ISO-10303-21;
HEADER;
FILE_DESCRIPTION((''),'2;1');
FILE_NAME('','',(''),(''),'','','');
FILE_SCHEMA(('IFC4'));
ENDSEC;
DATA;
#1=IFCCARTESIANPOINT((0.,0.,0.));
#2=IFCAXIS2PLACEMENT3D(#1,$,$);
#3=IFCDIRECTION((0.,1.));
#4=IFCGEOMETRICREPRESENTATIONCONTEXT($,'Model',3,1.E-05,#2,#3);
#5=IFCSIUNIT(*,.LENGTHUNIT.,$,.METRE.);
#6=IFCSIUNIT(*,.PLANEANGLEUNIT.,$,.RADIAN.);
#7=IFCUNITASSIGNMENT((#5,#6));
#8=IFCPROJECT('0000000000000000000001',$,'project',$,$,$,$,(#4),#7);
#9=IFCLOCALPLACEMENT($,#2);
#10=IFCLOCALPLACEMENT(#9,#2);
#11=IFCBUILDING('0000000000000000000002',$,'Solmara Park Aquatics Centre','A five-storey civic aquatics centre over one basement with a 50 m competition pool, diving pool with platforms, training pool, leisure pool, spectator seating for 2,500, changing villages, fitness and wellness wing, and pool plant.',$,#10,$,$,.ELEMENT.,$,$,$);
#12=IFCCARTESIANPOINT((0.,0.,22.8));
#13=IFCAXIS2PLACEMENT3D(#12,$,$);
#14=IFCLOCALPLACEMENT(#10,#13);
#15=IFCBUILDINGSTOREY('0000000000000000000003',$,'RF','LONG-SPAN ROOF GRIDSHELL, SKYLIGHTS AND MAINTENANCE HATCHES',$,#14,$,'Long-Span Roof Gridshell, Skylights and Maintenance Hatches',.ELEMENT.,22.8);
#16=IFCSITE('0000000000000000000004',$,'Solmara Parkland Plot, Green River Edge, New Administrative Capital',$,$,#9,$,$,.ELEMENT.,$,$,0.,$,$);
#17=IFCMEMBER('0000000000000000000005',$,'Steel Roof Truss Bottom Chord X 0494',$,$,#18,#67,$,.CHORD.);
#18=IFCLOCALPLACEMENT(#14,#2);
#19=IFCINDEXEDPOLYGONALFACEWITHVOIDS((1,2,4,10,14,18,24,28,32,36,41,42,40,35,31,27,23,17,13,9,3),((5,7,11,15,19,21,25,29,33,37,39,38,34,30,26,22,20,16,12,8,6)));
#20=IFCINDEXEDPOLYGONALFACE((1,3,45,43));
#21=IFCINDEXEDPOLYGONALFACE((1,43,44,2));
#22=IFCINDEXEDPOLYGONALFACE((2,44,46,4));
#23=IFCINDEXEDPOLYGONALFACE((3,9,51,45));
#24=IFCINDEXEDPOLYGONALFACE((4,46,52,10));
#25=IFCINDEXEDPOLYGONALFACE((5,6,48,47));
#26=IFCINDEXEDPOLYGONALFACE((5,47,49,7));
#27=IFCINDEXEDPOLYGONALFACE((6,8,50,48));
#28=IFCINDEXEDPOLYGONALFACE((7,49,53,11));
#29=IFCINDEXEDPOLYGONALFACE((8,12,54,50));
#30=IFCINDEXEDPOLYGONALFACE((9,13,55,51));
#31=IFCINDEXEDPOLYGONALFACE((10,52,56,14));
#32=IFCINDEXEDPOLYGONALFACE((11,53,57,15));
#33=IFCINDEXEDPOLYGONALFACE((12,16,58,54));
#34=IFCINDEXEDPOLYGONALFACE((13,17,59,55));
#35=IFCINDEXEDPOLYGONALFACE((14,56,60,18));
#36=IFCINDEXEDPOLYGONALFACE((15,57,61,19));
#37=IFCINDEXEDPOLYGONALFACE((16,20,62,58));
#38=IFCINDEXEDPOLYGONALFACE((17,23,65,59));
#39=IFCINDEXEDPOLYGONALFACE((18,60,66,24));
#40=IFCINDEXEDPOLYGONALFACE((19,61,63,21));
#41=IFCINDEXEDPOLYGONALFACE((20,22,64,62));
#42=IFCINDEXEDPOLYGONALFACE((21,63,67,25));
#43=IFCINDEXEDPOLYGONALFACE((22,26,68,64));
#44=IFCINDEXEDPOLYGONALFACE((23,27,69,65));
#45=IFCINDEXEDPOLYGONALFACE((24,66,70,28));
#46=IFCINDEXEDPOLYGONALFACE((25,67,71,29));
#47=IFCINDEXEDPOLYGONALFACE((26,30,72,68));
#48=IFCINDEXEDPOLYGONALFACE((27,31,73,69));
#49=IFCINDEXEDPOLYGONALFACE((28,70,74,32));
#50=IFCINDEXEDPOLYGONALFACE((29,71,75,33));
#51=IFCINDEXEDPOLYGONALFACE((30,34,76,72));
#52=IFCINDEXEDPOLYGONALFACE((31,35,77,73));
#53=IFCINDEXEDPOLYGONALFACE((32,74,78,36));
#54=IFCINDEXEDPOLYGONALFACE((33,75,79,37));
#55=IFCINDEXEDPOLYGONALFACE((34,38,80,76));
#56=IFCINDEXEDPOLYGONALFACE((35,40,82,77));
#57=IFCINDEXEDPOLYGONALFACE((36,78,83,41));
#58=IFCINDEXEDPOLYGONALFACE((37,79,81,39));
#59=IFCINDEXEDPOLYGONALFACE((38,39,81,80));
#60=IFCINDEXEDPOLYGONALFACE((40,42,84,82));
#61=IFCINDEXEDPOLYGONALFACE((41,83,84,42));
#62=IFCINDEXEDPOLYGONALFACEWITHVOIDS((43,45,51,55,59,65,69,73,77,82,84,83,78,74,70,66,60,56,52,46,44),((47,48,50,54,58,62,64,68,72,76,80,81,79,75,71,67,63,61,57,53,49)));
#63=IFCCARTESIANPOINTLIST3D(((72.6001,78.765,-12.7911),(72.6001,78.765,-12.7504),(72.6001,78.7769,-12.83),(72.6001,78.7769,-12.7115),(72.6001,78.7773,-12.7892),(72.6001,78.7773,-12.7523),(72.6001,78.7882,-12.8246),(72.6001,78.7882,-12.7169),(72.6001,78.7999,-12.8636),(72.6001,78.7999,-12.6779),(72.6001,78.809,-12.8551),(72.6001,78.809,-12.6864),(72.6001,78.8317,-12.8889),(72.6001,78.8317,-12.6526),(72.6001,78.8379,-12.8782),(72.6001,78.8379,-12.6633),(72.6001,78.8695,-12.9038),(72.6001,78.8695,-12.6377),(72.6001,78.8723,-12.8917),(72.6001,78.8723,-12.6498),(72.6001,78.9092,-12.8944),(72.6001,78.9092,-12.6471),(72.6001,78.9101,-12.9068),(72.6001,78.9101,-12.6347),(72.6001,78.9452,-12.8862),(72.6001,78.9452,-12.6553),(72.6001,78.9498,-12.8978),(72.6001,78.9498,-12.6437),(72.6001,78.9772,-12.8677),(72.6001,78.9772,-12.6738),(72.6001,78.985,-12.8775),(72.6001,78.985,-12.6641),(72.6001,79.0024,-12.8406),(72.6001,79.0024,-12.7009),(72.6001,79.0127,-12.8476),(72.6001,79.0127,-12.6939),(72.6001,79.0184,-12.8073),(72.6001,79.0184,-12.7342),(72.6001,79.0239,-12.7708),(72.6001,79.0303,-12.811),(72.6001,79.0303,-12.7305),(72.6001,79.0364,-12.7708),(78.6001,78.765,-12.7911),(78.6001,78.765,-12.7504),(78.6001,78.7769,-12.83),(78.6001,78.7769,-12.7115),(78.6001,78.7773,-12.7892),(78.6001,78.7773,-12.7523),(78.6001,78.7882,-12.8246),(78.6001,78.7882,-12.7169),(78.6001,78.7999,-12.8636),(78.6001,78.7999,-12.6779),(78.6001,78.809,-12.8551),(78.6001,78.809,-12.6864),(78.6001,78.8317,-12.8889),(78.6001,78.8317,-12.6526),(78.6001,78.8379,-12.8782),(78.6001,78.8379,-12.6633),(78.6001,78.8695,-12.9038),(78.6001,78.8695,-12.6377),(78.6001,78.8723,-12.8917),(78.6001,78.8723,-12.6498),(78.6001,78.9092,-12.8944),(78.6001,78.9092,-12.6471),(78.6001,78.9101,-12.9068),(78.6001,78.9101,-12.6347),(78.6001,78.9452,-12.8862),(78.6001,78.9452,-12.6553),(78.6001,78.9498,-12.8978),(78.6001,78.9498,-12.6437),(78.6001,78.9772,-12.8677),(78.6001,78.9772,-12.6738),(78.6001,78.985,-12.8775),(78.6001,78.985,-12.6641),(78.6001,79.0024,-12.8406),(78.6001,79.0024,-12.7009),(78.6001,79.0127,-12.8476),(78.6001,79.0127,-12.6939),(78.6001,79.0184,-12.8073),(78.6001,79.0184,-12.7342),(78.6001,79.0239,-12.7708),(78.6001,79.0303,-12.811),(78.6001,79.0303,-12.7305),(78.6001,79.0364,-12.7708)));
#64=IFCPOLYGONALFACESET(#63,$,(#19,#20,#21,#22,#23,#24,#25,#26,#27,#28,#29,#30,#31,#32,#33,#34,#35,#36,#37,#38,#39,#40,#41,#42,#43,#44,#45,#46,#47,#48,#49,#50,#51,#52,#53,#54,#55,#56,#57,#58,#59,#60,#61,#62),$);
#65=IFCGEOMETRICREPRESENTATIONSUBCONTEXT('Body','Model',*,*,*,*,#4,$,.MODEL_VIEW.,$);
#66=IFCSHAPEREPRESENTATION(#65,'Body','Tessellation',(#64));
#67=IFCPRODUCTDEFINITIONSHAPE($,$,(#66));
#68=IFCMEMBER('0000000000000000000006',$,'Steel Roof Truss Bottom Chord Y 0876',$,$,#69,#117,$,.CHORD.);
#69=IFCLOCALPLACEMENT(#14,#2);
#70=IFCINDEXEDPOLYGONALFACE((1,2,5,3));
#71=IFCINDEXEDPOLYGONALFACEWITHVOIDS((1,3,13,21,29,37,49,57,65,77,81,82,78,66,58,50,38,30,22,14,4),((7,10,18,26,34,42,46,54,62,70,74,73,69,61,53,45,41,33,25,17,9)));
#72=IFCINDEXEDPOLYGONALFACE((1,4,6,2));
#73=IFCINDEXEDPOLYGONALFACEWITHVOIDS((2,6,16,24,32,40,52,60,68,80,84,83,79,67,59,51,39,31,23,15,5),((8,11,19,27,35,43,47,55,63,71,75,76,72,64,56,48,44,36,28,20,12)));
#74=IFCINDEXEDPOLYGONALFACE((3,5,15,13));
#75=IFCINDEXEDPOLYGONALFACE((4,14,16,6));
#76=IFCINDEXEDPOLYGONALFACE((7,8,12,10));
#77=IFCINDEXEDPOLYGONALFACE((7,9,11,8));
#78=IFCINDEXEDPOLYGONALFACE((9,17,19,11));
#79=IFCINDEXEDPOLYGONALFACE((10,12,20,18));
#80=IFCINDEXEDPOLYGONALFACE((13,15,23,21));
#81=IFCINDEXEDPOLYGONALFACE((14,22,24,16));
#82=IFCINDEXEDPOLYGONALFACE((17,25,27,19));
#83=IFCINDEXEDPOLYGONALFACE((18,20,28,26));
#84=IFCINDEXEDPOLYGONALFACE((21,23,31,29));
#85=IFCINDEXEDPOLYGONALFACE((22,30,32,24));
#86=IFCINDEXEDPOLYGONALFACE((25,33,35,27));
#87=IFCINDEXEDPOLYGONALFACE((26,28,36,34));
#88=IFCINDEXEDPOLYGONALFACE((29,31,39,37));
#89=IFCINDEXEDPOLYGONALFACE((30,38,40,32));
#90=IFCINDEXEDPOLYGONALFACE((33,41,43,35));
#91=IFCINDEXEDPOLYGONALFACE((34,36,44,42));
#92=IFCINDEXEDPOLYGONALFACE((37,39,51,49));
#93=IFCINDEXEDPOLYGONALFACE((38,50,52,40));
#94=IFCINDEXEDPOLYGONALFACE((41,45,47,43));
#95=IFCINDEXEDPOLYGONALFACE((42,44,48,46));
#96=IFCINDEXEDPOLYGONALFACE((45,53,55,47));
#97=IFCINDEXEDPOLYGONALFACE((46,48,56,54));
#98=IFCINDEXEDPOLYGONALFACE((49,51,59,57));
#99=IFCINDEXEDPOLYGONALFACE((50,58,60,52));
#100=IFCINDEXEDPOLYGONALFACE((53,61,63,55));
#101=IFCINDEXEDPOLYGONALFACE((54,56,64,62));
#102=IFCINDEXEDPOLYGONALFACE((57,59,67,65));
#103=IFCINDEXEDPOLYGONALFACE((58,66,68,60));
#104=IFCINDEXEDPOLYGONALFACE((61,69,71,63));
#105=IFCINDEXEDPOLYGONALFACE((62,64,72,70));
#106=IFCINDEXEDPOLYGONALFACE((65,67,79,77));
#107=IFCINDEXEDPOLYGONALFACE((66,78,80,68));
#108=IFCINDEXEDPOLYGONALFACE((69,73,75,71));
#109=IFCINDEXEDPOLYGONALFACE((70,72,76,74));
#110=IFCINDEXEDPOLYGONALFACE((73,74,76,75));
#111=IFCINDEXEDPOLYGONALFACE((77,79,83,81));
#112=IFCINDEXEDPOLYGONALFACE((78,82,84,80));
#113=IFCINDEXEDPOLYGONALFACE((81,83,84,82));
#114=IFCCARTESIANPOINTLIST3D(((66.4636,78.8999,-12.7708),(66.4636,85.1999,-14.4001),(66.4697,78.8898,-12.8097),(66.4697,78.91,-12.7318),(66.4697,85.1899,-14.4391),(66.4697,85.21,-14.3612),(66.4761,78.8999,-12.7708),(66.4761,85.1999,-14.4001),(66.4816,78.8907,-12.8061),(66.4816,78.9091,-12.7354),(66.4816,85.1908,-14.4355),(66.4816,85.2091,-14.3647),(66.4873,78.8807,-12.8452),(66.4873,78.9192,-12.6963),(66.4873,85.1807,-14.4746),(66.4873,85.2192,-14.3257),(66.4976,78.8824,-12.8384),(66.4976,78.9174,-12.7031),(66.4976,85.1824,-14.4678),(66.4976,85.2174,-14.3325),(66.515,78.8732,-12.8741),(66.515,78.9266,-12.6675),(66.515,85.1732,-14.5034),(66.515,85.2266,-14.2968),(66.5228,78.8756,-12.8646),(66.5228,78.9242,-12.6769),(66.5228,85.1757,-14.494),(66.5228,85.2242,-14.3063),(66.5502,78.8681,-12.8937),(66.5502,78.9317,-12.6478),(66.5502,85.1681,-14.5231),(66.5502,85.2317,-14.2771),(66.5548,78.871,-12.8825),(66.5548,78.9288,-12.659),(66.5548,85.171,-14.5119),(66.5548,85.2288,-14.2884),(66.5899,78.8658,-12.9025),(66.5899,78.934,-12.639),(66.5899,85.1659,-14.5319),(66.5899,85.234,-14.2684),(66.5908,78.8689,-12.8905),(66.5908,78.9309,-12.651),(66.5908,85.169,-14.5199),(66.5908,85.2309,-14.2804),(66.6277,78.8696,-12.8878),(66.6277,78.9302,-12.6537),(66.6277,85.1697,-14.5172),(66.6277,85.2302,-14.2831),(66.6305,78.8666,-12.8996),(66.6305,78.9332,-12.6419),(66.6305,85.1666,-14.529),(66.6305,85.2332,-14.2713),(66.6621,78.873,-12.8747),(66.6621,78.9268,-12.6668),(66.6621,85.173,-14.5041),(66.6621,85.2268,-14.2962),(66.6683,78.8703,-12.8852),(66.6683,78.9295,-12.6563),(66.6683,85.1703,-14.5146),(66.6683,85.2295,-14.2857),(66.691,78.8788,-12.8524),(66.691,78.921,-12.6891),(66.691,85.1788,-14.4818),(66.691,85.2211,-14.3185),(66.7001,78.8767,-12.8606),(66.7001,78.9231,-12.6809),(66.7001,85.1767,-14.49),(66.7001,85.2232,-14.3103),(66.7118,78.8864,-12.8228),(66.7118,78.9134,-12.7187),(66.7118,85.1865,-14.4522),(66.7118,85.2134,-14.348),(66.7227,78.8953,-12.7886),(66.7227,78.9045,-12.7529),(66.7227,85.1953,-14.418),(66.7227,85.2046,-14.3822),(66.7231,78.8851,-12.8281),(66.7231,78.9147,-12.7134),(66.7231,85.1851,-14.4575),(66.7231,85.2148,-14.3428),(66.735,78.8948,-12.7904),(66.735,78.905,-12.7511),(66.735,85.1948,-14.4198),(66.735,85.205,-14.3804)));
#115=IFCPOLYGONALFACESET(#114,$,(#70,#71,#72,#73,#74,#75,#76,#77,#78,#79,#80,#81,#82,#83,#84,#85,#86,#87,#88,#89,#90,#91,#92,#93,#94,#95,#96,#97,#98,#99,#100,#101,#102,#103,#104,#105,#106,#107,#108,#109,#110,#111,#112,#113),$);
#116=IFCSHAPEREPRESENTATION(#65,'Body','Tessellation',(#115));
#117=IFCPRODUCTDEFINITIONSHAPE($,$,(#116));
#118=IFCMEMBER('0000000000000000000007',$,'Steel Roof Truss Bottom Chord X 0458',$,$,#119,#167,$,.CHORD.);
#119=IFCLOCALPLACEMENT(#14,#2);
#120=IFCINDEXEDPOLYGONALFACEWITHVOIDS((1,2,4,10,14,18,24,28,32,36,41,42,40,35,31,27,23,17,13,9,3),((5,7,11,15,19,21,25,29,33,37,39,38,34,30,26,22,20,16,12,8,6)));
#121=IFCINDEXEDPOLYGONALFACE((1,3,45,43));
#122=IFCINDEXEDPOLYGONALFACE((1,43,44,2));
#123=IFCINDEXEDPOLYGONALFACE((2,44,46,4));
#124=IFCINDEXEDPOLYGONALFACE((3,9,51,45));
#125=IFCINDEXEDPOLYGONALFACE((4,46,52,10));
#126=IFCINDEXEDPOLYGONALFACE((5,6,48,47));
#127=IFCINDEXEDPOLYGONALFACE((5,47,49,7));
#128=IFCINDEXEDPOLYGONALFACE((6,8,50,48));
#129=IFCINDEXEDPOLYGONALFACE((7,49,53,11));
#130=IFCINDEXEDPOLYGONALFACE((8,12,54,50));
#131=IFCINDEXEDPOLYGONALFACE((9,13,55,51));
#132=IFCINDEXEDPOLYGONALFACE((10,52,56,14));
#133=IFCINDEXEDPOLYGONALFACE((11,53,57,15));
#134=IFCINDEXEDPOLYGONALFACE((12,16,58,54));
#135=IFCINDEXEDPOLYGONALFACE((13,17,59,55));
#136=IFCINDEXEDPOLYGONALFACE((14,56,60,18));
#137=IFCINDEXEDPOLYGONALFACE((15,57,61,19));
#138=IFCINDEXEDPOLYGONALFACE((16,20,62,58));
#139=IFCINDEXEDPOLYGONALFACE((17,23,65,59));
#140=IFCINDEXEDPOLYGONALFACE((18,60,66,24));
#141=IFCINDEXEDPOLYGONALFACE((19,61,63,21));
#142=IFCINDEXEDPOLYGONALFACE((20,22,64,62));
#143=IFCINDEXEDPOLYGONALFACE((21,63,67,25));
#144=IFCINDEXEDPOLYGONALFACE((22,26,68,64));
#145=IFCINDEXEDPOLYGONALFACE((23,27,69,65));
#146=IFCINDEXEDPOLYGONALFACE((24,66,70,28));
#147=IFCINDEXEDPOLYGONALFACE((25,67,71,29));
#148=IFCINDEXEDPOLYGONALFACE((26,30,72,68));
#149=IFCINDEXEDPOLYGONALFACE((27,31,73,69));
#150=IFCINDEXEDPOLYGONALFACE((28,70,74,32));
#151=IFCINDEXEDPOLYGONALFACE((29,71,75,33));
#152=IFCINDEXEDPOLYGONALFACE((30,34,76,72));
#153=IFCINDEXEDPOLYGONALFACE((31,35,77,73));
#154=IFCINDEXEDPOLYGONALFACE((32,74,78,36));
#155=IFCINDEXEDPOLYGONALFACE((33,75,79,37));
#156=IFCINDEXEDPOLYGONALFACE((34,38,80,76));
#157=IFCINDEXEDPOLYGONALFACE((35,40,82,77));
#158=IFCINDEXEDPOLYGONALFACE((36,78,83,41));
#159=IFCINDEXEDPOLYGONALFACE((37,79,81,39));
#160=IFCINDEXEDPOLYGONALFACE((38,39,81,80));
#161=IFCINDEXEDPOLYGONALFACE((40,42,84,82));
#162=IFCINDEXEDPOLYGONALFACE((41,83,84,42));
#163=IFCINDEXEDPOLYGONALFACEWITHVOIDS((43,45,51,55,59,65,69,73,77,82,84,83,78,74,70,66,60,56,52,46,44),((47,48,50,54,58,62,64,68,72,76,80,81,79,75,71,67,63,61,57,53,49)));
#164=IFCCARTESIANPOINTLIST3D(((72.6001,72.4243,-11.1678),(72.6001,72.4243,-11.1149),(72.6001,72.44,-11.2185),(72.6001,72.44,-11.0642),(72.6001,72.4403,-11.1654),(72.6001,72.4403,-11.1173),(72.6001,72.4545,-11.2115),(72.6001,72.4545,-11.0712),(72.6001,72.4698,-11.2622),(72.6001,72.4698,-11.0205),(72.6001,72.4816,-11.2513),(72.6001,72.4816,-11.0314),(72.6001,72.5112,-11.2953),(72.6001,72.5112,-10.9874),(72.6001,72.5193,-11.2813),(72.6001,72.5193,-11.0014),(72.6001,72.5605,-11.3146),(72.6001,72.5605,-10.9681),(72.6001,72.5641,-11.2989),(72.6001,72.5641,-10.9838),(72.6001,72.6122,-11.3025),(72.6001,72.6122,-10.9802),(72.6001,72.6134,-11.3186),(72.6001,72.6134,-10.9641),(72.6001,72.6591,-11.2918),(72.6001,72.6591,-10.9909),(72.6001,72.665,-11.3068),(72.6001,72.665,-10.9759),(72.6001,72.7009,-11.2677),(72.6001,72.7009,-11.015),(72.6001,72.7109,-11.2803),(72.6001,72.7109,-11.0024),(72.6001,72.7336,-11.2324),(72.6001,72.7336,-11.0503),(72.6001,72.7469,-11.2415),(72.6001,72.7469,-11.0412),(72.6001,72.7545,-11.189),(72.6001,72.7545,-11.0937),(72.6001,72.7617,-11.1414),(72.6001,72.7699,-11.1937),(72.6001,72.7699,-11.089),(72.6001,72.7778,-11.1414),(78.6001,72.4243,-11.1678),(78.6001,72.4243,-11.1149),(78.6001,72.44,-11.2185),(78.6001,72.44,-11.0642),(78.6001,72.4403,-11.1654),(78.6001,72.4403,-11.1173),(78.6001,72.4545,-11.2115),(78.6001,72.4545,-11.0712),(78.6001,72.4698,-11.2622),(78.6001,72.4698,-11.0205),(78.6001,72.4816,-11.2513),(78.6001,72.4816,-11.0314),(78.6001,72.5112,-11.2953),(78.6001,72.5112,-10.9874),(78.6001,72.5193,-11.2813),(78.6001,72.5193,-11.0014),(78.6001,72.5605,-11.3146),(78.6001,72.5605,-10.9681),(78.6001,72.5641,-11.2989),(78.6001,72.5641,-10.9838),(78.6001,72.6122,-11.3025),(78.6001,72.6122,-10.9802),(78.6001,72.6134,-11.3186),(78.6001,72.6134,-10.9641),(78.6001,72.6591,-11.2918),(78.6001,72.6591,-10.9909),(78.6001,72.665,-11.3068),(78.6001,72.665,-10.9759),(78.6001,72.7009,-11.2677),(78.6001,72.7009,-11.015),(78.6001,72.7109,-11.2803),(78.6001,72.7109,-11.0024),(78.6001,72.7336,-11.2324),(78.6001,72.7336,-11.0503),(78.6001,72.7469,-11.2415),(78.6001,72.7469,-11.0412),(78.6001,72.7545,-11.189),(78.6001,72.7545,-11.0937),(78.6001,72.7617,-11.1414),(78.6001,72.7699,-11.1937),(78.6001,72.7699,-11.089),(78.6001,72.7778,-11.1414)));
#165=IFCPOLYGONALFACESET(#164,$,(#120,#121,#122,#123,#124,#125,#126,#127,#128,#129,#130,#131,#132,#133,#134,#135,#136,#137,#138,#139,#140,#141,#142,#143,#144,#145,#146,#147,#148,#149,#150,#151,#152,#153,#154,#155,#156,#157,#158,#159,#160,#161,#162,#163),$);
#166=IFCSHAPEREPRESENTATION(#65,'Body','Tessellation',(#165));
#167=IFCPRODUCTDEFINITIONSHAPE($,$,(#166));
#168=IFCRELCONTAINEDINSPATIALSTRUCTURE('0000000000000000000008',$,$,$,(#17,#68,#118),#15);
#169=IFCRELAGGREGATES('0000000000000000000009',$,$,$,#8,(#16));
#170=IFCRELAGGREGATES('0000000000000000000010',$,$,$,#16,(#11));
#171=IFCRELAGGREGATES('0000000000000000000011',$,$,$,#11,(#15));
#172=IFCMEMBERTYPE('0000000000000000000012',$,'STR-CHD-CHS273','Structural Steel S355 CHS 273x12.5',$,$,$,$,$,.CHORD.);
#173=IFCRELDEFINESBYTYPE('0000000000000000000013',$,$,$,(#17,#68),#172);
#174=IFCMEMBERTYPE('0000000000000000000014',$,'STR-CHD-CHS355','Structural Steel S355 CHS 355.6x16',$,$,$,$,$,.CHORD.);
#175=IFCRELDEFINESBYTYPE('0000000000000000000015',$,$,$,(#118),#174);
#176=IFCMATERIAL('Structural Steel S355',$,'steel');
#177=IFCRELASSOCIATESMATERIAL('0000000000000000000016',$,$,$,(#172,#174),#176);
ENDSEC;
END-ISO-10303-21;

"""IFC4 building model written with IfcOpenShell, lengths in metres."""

from ifc_helpers import new_model, si_unit, direction, frame, origin, origin_2d, place, context, subcontext, project, spatial, hollow_circle, extrude, material, material_profile, profile_set, type_object, element, save


model = new_model("IFC4")

# Units and contexts
model_context = context("Model", 3, precision=1e-05, world=origin(), true_north=direction((0.0, 1.0)))
body_context = subcontext(model_context, "Body", "Model", "MODEL_VIEW")
ifc_project = project(units=[si_unit("LENGTHUNIT", "METRE"), si_unit("PLANEANGLEUNIT", "RADIAN")], contexts=[model_context])

# Site, building, storey
site_placement = place(None, origin())
site = spatial("IfcSite", under=ifc_project, at=site_placement, Name="Solmara Parkland Plot, Green River Edge, New Administrative Capital", CompositionType="ELEMENT", RefElevation=0.0)
building_placement = place(site_placement, origin())
building = spatial("IfcBuilding", under=site, at=building_placement, Name="Solmara Park Aquatics Centre", Description="A five-storey civic aquatics centre over one basement with a 50 m competition pool, diving pool with platforms, training pool, leisure pool, spectator seating for 2,500, changing villages, fitness and wellness wing, and pool plant.", CompositionType="ELEMENT")
storey_placement = place(building_placement, frame((0.0, 0.0, 22.8)))
storey = spatial("IfcBuildingStorey", under=building, at=storey_placement, Name="RF", Description="LONG-SPAN ROOF GRIDSHELL, SKYLIGHTS AND MAINTENANCE HATCHES", LongName="Long-Span Roof Gridshell, Skylights and Maintenance Hatches", CompositionType="ELEMENT", Elevation=22.8)

# Members
ifc_material_1 = material(Name="Structural Steel S355", Category="steel")
ifc_material_profile_1 = material_profile(ifc_material_1, hollow_circle(Radius=0.1365, WallThickness=0.0125, at=origin_2d()), Name="CHS 273x12.5")
ifc_profile_set_1 = profile_set([ifc_material_profile_1], Name="Structural Steel S355")
member_type_1 = type_object("IfcMemberType", Name="STR-CHD-CHS273", Description="Structural Steel S355 CHS 273x12.5", PredefinedType="CHORD", material=ifc_profile_set_1)
member_1_placement = place(storey_placement, frame((72.6001, 78.8999, -12.7708), z_axis=(1.0, 0.0, 0.0), x_axis=(0.0, 1.0, 0.0)))
element("IfcMember", 1, at=member_1_placement, inside=storey, type_object=member_type_1, Name="Steel Roof Truss Bottom Chord X 0494", PredefinedType="CHORD", context=body_context, shape_type="SweptSolid", body=[
    extrude(hollow_circle(Radius=0.1365, WallThickness=0.0125, at=origin_2d()), origin(), (0.0, 0.0, 1.0), 6.0),
])
member_2_placement = place(storey_placement, frame((66.6001, 78.8999, -12.7708), z_axis=(0.0, 0.968144, -0.250393), x_axis=(-1.0, 0.0, 0.0)))
element("IfcMember", 2, at=member_2_placement, inside=storey, type_object=member_type_1, Name="Steel Roof Truss Bottom Chord Y 0876", PredefinedType="CHORD", context=body_context, shape_type="SweptSolid", body=[
    extrude(hollow_circle(Radius=0.1365, WallThickness=0.0125, at=origin_2d()), origin(), (0.0, 0.0, 1.0), 6.5073),
])
ifc_material_profile_2 = material_profile(ifc_material_1, hollow_circle(Radius=0.1777, WallThickness=0.0161, at=origin_2d()), Name="CHS 355.6x16")
ifc_profile_set_2 = profile_set([ifc_material_profile_2], Name="Structural Steel S355")
member_type_2 = type_object("IfcMemberType", Name="STR-CHD-CHS355", Description="Structural Steel S355 CHS 355.6x16", PredefinedType="CHORD", material=ifc_profile_set_2)
member_3_placement = place(storey_placement, frame((72.6001, 72.6001, -11.1414), z_axis=(1.0, 0.0, 0.0), x_axis=(0.0, 1.0, 0.0)))
element("IfcMember", 3, at=member_3_placement, inside=storey, type_object=member_type_2, Name="Steel Roof Truss Bottom Chord X 0458", PredefinedType="CHORD", context=body_context, shape_type="SweptSolid", body=[
    extrude(hollow_circle(Radius=0.1777, WallThickness=0.0161, at=origin_2d()), origin(), (0.0, 0.0, 1.0), 6.0),
])

save(model, "model.ifc")
